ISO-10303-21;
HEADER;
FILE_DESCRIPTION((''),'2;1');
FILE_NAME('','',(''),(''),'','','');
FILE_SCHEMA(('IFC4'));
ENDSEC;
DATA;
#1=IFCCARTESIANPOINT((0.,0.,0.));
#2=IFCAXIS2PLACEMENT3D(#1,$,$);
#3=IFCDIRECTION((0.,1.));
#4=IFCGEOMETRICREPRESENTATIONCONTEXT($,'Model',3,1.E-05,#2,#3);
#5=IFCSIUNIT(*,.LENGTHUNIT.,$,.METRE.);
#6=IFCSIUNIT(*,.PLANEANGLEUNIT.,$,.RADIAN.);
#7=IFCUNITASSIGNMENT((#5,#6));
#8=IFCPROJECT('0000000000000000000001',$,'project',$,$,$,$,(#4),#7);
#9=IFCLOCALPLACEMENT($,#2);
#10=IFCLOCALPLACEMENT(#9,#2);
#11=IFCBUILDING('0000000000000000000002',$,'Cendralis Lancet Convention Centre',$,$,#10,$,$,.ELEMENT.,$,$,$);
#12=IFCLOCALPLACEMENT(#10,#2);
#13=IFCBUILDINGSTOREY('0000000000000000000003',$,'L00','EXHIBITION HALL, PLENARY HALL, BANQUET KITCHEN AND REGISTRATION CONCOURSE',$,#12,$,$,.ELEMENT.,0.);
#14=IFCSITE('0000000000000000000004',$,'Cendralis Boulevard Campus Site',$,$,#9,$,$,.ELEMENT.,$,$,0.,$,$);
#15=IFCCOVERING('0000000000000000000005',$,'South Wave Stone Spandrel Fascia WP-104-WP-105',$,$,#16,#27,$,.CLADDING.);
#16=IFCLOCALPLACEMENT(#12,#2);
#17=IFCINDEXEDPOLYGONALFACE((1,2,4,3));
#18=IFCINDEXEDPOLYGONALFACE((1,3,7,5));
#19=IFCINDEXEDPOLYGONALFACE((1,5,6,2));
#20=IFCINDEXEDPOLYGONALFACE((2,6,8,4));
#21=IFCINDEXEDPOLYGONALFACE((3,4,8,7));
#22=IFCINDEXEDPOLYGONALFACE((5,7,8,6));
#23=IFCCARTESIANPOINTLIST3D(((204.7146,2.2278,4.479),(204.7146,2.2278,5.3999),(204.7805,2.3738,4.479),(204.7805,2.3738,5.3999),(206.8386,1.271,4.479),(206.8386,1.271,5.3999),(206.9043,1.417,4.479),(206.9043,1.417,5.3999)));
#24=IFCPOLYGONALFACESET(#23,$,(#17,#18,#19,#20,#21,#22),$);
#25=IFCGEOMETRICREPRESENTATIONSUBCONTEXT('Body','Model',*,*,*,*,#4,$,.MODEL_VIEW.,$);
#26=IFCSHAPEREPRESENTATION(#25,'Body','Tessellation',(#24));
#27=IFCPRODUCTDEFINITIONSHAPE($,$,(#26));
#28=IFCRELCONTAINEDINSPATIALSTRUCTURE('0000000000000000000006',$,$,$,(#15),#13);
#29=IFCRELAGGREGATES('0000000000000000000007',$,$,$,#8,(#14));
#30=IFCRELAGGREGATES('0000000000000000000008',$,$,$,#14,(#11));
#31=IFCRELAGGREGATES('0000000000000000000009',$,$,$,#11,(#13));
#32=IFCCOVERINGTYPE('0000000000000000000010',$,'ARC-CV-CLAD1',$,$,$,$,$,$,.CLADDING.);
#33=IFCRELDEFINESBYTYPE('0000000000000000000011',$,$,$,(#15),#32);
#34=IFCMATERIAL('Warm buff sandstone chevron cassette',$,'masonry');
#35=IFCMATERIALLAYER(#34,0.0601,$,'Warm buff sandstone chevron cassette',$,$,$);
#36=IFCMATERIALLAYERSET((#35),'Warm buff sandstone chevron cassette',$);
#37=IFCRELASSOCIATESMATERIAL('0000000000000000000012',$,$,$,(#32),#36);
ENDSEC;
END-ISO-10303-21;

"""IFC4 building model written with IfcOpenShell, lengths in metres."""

from ifc_helpers import new_model, si_unit, direction, frame, origin, place, context, subcontext, project, spatial, polyline, outline, extrude, material, layer, layer_set, type_object, element, save


model = new_model("IFC4")

# Units and contexts
model_context = context("Model", 3, precision=1e-05, world=origin(), true_north=direction((0.0, 1.0)))
body_context = subcontext(model_context, "Body", "Model", "MODEL_VIEW")
ifc_project = project(units=[si_unit("LENGTHUNIT", "METRE"), si_unit("PLANEANGLEUNIT", "RADIAN")], contexts=[model_context])

# Site, building, storey
site_placement = place(None, origin())
site = spatial("IfcSite", under=ifc_project, at=site_placement, Name="Cendralis Boulevard Campus Site", CompositionType="ELEMENT", RefElevation=0.0)
building_placement = place(site_placement, origin())
building = spatial("IfcBuilding", under=site, at=building_placement, Name="Cendralis Lancet Convention Centre", CompositionType="ELEMENT")
storey_placement = place(building_placement, origin())
storey = spatial("IfcBuildingStorey", under=building, at=storey_placement, Name="L00", Description="EXHIBITION HALL, PLENARY HALL, BANQUET KITCHEN AND REGISTRATION CONCOURSE", CompositionType="ELEMENT", Elevation=0.0)

# Covering
ifc_material = material(Name="Warm buff sandstone chevron cassette", Category="masonry")
ifc_layer = layer(ifc_material, 0.0601, Name="Warm buff sandstone chevron cassette")
ifc_layer_set = layer_set([ifc_layer], Name="Warm buff sandstone chevron cassette")
covering_type = type_object("IfcCoveringType", Name="ARC-CV-CLAD1", PredefinedType="CLADDING", material=ifc_layer_set)
covering_1_placement = place(storey_placement, frame((0.0, 0.0, 4.479)))
element("IfcCovering", 1, at=covering_1_placement, inside=storey, type_object=covering_type, Name="South Wave Stone Spandrel Fascia WP-104-WP-105", PredefinedType="CLADDING", context=body_context, shape_type="SweptSolid", body=[
    extrude(outline(polyline([(204.7146, 2.2278), (206.8386, 1.271), (206.9043, 1.417), (204.7805, 2.3738), (204.7146, 2.2278)])), origin(), (0.0, 0.0, 1.0), 0.9209),
])

save(model, "model.ifc")
